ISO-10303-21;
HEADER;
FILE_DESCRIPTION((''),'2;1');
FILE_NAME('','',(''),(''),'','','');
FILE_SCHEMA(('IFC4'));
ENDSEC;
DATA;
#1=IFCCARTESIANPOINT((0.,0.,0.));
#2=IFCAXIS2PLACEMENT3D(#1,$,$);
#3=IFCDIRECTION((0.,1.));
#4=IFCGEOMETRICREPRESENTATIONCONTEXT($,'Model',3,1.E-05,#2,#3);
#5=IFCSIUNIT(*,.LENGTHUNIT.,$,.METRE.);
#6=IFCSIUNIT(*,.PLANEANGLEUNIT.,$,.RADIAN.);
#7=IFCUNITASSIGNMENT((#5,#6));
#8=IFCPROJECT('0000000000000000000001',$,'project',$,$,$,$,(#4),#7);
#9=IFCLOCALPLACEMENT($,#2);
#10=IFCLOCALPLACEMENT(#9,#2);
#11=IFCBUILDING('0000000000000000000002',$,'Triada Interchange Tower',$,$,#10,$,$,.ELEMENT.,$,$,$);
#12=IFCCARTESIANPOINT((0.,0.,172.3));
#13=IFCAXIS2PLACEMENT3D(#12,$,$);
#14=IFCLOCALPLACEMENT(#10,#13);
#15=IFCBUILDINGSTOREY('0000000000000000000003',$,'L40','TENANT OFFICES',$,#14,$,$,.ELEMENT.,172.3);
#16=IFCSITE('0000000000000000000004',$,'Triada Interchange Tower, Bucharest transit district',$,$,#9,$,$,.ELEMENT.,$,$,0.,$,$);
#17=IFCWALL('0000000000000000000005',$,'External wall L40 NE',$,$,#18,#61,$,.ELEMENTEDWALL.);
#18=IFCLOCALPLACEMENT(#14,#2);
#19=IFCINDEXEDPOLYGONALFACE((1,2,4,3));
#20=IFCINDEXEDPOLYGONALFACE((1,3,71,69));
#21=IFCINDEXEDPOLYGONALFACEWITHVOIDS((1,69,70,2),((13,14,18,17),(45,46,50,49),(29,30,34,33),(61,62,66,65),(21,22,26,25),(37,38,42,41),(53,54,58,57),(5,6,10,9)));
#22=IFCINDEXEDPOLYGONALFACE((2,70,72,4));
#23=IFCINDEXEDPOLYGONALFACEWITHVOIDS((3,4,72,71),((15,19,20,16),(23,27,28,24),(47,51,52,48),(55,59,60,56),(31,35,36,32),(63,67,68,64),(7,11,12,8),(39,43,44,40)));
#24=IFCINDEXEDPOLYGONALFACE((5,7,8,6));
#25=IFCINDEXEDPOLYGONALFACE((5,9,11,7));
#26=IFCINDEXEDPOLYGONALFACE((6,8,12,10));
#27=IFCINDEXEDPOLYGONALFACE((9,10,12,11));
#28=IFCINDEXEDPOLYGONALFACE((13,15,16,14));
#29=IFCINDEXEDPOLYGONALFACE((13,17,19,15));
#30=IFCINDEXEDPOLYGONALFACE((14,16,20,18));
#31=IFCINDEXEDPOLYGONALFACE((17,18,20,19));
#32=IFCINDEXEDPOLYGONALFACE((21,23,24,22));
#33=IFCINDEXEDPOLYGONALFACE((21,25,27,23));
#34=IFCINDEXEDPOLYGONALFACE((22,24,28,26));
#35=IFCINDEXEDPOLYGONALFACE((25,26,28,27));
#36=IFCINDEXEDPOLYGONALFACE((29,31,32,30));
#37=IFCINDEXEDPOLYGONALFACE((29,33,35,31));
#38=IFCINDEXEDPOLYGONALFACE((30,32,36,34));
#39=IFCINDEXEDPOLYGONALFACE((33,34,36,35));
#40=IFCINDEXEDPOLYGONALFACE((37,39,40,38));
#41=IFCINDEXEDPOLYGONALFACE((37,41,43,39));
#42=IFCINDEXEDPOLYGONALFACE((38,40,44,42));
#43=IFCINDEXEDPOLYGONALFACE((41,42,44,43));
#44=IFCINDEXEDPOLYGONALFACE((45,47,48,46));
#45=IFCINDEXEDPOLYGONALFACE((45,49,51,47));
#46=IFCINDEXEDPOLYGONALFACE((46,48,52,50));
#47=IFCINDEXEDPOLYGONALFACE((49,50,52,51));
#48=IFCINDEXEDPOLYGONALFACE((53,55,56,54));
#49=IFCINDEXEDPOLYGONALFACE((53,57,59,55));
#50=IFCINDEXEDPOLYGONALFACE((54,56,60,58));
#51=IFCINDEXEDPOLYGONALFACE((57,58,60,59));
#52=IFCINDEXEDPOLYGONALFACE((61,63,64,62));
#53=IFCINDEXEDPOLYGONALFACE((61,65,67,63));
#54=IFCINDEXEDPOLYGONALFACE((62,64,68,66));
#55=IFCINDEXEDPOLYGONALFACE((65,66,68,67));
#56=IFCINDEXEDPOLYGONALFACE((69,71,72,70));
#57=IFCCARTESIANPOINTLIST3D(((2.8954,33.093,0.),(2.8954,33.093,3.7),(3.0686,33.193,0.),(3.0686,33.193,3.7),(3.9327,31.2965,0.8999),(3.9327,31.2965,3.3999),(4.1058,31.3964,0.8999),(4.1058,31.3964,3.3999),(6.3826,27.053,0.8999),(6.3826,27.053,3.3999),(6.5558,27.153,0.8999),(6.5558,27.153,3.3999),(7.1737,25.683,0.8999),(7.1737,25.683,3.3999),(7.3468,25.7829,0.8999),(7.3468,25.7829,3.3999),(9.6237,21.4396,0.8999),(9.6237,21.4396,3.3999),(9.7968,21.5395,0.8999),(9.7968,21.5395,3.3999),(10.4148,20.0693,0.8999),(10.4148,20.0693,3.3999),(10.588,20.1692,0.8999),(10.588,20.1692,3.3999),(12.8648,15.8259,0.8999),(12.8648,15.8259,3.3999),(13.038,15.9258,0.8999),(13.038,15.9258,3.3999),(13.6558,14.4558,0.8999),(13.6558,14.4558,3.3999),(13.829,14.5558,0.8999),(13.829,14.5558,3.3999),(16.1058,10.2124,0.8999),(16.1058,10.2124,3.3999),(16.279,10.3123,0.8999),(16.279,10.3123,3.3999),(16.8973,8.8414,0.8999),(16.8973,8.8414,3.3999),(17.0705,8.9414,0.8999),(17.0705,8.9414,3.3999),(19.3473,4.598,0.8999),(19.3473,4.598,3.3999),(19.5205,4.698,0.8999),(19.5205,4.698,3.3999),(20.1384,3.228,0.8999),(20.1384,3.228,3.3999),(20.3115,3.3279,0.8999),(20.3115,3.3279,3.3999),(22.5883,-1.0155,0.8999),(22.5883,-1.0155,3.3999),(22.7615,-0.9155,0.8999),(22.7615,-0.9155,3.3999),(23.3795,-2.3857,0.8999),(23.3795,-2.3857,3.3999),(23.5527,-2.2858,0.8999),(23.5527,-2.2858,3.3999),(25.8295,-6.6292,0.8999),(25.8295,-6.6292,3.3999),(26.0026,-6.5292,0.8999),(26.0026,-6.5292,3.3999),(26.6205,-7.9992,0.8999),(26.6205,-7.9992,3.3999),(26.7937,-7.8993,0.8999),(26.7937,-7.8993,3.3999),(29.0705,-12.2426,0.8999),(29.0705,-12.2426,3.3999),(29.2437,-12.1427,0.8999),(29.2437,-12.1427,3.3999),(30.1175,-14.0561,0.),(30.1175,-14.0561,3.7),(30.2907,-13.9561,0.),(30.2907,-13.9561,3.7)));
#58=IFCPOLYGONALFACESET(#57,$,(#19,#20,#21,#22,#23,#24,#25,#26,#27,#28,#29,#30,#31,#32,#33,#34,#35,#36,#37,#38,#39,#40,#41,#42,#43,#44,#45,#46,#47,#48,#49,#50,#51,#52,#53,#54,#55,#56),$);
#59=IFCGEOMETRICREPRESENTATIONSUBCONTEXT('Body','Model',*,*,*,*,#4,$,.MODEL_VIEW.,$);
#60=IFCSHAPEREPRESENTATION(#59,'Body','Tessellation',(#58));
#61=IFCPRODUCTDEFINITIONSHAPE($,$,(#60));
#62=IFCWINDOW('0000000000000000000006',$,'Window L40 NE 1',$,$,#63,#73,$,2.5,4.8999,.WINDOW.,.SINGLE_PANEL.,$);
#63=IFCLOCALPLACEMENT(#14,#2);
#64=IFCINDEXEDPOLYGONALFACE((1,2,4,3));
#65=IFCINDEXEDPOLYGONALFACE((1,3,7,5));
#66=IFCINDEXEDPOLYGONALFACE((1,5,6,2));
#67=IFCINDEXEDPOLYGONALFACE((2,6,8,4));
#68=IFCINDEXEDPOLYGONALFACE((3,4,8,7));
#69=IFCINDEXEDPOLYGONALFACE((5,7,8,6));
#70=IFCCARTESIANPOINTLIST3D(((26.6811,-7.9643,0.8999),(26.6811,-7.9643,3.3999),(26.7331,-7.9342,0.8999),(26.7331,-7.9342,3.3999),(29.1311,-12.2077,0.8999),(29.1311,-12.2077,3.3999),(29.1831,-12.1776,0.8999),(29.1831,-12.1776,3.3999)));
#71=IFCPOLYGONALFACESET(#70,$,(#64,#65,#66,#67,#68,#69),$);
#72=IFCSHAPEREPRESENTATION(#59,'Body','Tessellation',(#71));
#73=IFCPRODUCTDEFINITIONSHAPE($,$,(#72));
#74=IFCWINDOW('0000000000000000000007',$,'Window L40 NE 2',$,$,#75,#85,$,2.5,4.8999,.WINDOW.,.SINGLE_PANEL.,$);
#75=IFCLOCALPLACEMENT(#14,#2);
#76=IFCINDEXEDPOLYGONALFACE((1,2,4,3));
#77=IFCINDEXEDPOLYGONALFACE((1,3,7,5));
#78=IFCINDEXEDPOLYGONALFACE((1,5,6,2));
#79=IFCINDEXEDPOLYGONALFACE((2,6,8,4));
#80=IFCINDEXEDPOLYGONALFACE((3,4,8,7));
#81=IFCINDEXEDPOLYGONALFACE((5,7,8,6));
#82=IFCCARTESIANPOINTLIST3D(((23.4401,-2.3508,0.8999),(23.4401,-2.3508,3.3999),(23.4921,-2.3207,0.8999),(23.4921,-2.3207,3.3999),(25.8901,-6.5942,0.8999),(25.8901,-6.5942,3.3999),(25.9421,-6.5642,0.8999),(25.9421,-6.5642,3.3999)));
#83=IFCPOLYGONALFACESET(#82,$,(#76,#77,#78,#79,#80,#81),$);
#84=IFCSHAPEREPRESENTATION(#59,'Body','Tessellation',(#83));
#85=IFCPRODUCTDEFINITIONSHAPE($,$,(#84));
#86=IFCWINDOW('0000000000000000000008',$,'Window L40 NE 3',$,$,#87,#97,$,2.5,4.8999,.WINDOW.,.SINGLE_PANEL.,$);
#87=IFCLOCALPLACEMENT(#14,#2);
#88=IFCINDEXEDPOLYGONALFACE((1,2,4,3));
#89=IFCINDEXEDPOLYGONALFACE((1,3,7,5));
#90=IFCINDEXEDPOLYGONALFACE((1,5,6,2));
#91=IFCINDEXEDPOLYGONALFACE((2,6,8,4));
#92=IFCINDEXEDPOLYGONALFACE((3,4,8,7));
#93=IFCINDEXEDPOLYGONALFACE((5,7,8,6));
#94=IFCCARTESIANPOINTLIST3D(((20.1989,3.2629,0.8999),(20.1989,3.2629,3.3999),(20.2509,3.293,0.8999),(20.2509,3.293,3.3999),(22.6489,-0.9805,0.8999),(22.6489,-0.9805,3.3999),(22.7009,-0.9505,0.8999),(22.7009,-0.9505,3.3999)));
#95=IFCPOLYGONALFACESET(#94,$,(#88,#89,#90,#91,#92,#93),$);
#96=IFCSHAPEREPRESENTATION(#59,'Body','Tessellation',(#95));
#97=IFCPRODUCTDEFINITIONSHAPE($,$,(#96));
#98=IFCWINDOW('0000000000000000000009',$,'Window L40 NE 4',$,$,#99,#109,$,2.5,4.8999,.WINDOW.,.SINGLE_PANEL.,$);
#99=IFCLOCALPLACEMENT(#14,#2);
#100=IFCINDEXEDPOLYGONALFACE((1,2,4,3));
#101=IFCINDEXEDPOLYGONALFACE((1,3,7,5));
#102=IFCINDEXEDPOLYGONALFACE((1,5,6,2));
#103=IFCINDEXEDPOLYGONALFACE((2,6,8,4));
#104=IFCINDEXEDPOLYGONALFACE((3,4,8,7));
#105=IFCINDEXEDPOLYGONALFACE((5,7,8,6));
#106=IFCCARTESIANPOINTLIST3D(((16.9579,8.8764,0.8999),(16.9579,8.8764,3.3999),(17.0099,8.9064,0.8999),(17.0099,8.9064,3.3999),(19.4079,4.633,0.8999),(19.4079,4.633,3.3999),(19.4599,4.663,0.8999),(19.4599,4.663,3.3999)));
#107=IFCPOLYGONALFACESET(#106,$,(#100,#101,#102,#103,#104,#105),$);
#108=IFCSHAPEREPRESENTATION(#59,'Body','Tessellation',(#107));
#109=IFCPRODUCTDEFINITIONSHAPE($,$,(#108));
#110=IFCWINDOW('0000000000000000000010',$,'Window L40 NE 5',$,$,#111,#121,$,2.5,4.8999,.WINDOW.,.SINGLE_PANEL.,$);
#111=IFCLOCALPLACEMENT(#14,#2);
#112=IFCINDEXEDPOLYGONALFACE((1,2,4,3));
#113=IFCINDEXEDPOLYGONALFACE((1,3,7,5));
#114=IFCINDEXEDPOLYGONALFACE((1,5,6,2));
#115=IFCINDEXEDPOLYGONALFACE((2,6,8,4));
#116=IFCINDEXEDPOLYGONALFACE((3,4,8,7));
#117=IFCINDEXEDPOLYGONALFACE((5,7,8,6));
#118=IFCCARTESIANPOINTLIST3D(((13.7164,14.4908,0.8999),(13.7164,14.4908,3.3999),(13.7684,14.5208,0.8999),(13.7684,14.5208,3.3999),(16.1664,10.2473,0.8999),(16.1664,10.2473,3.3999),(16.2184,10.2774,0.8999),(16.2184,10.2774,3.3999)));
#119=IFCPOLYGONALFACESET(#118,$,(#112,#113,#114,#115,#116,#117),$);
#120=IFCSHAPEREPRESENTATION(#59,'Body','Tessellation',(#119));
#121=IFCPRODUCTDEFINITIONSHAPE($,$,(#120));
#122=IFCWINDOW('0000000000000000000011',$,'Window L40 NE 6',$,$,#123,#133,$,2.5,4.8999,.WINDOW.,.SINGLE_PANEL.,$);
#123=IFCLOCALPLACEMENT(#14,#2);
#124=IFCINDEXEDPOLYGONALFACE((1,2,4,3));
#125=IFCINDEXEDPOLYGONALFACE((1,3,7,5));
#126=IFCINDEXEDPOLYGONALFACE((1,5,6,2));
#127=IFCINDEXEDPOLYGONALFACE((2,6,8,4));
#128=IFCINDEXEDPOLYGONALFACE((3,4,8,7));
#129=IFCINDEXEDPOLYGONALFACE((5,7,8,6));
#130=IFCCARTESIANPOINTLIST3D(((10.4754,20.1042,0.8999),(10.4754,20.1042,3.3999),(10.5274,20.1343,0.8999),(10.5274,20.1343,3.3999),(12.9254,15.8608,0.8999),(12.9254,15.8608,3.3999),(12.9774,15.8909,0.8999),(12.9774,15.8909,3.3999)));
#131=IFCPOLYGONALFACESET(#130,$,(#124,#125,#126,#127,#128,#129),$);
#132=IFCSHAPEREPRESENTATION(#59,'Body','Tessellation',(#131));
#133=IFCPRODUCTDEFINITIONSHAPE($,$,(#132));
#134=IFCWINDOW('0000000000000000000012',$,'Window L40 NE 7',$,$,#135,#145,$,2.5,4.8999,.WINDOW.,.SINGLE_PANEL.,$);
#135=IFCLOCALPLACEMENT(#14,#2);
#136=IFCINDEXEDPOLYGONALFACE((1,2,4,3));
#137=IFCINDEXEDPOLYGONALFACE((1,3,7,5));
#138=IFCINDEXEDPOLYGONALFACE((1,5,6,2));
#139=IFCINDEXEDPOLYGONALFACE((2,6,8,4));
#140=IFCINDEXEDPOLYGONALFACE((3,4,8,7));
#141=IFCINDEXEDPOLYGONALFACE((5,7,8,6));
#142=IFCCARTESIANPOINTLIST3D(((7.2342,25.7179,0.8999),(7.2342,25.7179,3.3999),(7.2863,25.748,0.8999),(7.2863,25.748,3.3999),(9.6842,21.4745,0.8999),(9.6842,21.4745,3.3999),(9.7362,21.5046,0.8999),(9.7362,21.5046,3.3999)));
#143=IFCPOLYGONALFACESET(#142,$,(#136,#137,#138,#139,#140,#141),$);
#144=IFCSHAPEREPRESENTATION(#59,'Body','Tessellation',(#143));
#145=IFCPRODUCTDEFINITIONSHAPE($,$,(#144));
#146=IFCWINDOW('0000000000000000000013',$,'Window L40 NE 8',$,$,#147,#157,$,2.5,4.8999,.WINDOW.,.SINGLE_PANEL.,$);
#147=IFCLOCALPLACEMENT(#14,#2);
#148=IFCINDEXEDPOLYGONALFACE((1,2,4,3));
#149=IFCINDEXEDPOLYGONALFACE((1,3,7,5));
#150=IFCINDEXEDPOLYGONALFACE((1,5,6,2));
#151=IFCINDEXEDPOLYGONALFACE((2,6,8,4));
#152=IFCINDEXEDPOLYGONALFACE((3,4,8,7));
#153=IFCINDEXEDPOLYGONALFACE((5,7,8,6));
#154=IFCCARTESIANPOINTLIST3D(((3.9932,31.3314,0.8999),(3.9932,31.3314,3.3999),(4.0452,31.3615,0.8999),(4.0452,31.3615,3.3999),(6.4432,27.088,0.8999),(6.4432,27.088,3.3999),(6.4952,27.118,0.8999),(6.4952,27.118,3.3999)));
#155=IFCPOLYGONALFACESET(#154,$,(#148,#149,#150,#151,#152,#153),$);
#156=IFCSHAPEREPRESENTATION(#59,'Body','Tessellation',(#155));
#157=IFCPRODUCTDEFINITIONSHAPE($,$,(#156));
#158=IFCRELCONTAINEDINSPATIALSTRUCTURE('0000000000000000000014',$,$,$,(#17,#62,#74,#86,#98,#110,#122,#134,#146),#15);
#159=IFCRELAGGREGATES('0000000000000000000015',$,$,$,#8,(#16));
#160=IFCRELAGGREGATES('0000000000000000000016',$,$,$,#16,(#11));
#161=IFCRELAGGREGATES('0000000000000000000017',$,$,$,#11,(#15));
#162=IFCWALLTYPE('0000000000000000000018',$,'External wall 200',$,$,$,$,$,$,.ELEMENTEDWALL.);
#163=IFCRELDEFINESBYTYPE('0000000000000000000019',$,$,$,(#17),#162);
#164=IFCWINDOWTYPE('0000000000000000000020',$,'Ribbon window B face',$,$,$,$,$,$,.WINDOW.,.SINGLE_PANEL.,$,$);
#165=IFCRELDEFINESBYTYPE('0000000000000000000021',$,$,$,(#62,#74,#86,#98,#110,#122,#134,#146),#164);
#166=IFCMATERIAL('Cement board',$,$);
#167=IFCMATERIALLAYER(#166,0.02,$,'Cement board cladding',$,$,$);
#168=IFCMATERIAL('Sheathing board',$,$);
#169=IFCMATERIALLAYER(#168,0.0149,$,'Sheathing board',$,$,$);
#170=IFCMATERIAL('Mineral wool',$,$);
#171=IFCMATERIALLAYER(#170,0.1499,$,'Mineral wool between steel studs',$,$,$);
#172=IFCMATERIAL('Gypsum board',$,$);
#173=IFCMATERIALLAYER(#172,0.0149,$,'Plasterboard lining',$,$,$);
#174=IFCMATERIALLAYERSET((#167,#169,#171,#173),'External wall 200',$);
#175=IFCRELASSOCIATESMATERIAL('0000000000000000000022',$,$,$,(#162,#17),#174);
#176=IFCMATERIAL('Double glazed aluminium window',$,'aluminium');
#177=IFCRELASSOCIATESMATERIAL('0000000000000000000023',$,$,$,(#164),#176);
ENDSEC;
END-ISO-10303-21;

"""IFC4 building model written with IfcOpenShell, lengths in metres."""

from ifc_helpers import new_model, si_unit, direction, frame, frame_2d, origin, place, context, subcontext, project, spatial, rectangle, extrude, material, layer, layer_set, layer_usage, type_object, element, fill, save


model = new_model("IFC4")

# Units and contexts
model_context = context("Model", 3, precision=1e-05, world=origin(), true_north=direction((0.0, 1.0)))
body_context = subcontext(model_context, "Body", "Model", "MODEL_VIEW")
ifc_project = project(units=[si_unit("LENGTHUNIT", "METRE"), si_unit("PLANEANGLEUNIT", "RADIAN")], contexts=[model_context])

# Site, building, storey
site_placement = place(None, origin())
site = spatial("IfcSite", under=ifc_project, at=site_placement, Name="Triada Interchange Tower, Bucharest transit district", CompositionType="ELEMENT", RefElevation=0.0)
building_placement = place(site_placement, origin())
building = spatial("IfcBuilding", under=site, at=building_placement, Name="Triada Interchange Tower", CompositionType="ELEMENT")
storey_placement = place(building_placement, frame((0.0, 0.0, 172.3)))
storey = spatial("IfcBuildingStorey", under=building, at=storey_placement, Name="L40", Description="TENANT OFFICES", CompositionType="ELEMENT", Elevation=172.3)

# Shared definitions
ifc_material_1 = material(Name="Cement board")
ifc_layer_1 = layer(ifc_material_1, 0.02, Name="Cement board cladding")
ifc_material_2 = material(Name="Sheathing board")
ifc_layer_2 = layer(ifc_material_2, 0.0149, Name="Sheathing board")
ifc_material_3 = material(Name="Mineral wool")
ifc_layer_3 = layer(ifc_material_3, 0.1499, Name="Mineral wool between steel studs")
ifc_material_4 = material(Name="Gypsum board")
ifc_layer_4 = layer(ifc_material_4, 0.0149, Name="Plasterboard lining")
ifc_layer_set_1 = layer_set([ifc_layer_1, ifc_layer_2, ifc_layer_3, ifc_layer_4], Name="External wall 200")
ifc_layer_usage = layer_usage(ifc_layer_set_1, "AXIS2", "POSITIVE", -0.1001)
wall_type_1 = type_object("IfcWallType", Name="External wall 200", PredefinedType="ELEMENTEDWALL", material=ifc_layer_set_1)
ifc_material_5 = material(Name="Double glazed aluminium window", Category="aluminium")

# Wall, openings, windows
wall_1_placement = place(storey_placement, frame((30.2041, -14.0061, 0.0), z_axis=(0.0, 0.0, 1.0), x_axis=(-0.500008, 0.866021, 0.0)))
wall_1 = element("IfcWall", 1, at=wall_1_placement, inside=storey, type_object=wall_type_1, material=ifc_layer_usage, Name="External wall L40 NE", PredefinedType="ELEMENTEDWALL", context=body_context, shape_type="SweptSolid", body=[
    extrude(rectangle(XDim=54.4434, YDim=0.2, at=frame_2d((27.2217, 0.0))), origin(), (0.0, 0.0, 1.0), 3.7),
])
opening_1_placement = place(wall_1_placement, frame((2.094, 0.0, 0.8999)))
opening_1 = element("IfcOpeningElement", 2, at=opening_1_placement, cuts=wall_1, PredefinedType="OPENING", context=body_context, shape_type="SweptSolid", body=[
    extrude(rectangle(XDim=4.8999, YDim=2.5, at=frame_2d((2.45, 1.25))), frame((0.0, 0.1099, 0.0), z_axis=(0.0, -1.0, 0.0), x_axis=(1.0, 0.0, 0.0)), (0.0, 0.0, 1.0), 0.22),
])
opening_2_placement = place(wall_1_placement, frame((8.5759, 0.0, 0.8999)))
opening_2 = element("IfcOpeningElement", 3, at=opening_2_placement, cuts=wall_1, PredefinedType="OPENING", context=body_context, shape_type="SweptSolid", body=[
    extrude(rectangle(XDim=4.8999, YDim=2.5, at=frame_2d((2.45, 1.25))), frame((0.0, 0.1099, 0.0), z_axis=(0.0, -1.0, 0.0), x_axis=(1.0, 0.0, 0.0)), (0.0, 0.0, 1.0), 0.22),
])
opening_3_placement = place(wall_1_placement, frame((15.0581, 0.0, 0.8999)))
opening_3 = element("IfcOpeningElement", 4, at=opening_3_placement, cuts=wall_1, PredefinedType="OPENING", context=body_context, shape_type="SweptSolid", body=[
    extrude(rectangle(XDim=4.8999, YDim=2.5, at=frame_2d((2.45, 1.25))), frame((0.0, 0.1099, 0.0), z_axis=(0.0, -1.0, 0.0), x_axis=(1.0, 0.0, 0.0)), (0.0, 0.0, 1.0), 0.22),
])
opening_4_placement = place(wall_1_placement, frame((21.54, 0.0, 0.8999)))
opening_4 = element("IfcOpeningElement", 5, at=opening_4_placement, cuts=wall_1, PredefinedType="OPENING", context=body_context, shape_type="SweptSolid", body=[
    extrude(rectangle(XDim=4.8999, YDim=2.5, at=frame_2d((2.45, 1.25))), frame((0.0, 0.1099, 0.0), z_axis=(0.0, -1.0, 0.0), x_axis=(1.0, 0.0, 0.0)), (0.0, 0.0, 1.0), 0.22),
])
opening_5_placement = place(wall_1_placement, frame((28.0229, 0.0, 0.8999)))
opening_5 = element("IfcOpeningElement", 6, at=opening_5_placement, cuts=wall_1, PredefinedType="OPENING", context=body_context, shape_type="SweptSolid", body=[
    extrude(rectangle(XDim=4.8999, YDim=2.5, at=frame_2d((2.45, 1.25))), frame((0.0, 0.1099, 0.0), z_axis=(0.0, -1.0, 0.0), x_axis=(1.0, 0.0, 0.0)), (0.0, 0.0, 1.0), 0.22),
])
opening_6_placement = place(wall_1_placement, frame((34.5049, 0.0, 0.8999)))
opening_6 = element("IfcOpeningElement", 7, at=opening_6_placement, cuts=wall_1, PredefinedType="OPENING", context=body_context, shape_type="SweptSolid", body=[
    extrude(rectangle(XDim=4.8999, YDim=2.5, at=frame_2d((2.45, 1.25))), frame((0.0, 0.1099, 0.0), z_axis=(0.0, -1.0, 0.0), x_axis=(1.0, 0.0, 0.0)), (0.0, 0.0, 1.0), 0.22),
])
opening_7_placement = place(wall_1_placement, frame((40.9871, 0.0, 0.8999)))
opening_7 = element("IfcOpeningElement", 8, at=opening_7_placement, cuts=wall_1, PredefinedType="OPENING", context=body_context, shape_type="SweptSolid", body=[
    extrude(rectangle(XDim=4.8999, YDim=2.5, at=frame_2d((2.45, 1.25))), frame((0.0, 0.1099, 0.0), z_axis=(0.0, -1.0, 0.0), x_axis=(1.0, 0.0, 0.0)), (0.0, 0.0, 1.0), 0.22),
])
opening_8_placement = place(wall_1_placement, frame((47.469, 0.0, 0.8999)))
opening_8 = element("IfcOpeningElement", 9, at=opening_8_placement, cuts=wall_1, PredefinedType="OPENING", context=body_context, shape_type="SweptSolid", body=[
    extrude(rectangle(XDim=4.8999, YDim=2.5, at=frame_2d((2.45, 1.25))), frame((0.0, 0.1099, 0.0), z_axis=(0.0, -1.0, 0.0), x_axis=(1.0, 0.0, 0.0)), (0.0, 0.0, 1.0), 0.22),
])
window_type_1 = type_object("IfcWindowType", Name="Ribbon window B face", PartitioningType="SINGLE_PANEL", PredefinedType="WINDOW", material=ifc_material_5)
window_1_placement = place(opening_1_placement, origin())
window_1 = element("IfcWindow", 10, at=window_1_placement, inside=storey, type_object=window_type_1, Name="Window L40 NE 1", OverallHeight=2.5, OverallWidth=4.8999, PartitioningType="SINGLE_PANEL", PredefinedType="WINDOW", context=body_context, shape_type="SweptSolid", body=[
    extrude(rectangle(XDim=4.8999, YDim=2.5, at=frame_2d((2.45, 1.25))), frame((0.0, 0.03, 0.0), z_axis=(0.0, -1.0, 0.0), x_axis=(1.0, 0.0, 0.0)), (0.0, 0.0, 1.0), 0.0601),
])
fill(opening_1, window_1)
window_2_placement = place(opening_2_placement, origin())
window_2 = element("IfcWindow", 11, at=window_2_placement, inside=storey, type_object=window_type_1, Name="Window L40 NE 2", OverallHeight=2.5, OverallWidth=4.8999, PartitioningType="SINGLE_PANEL", PredefinedType="WINDOW", context=body_context, shape_type="SweptSolid", body=[
    extrude(rectangle(XDim=4.8999, YDim=2.5, at=frame_2d((2.45, 1.25))), frame((0.0, 0.03, 0.0), z_axis=(0.0, -1.0, 0.0), x_axis=(1.0, 0.0, 0.0)), (0.0, 0.0, 1.0), 0.0601),
])
fill(opening_2, window_2)
window_3_placement = place(opening_3_placement, origin())
window_3 = element("IfcWindow", 12, at=window_3_placement, inside=storey, type_object=window_type_1, Name="Window L40 NE 3", OverallHeight=2.5, OverallWidth=4.8999, PartitioningType="SINGLE_PANEL", PredefinedType="WINDOW", context=body_context, shape_type="SweptSolid", body=[
    extrude(rectangle(XDim=4.8999, YDim=2.5, at=frame_2d((2.45, 1.25))), frame((0.0, 0.03, 0.0), z_axis=(0.0, -1.0, 0.0), x_axis=(1.0, 0.0, 0.0)), (0.0, 0.0, 1.0), 0.0601),
])
fill(opening_3, window_3)
window_4_placement = place(opening_4_placement, origin())
window_4 = element("IfcWindow", 13, at=window_4_placement, inside=storey, type_object=window_type_1, Name="Window L40 NE 4", OverallHeight=2.5, OverallWidth=4.8999, PartitioningType="SINGLE_PANEL", PredefinedType="WINDOW", context=body_context, shape_type="SweptSolid", body=[
    extrude(rectangle(XDim=4.8999, YDim=2.5, at=frame_2d((2.45, 1.25))), frame((0.0, 0.03, 0.0), z_axis=(0.0, -1.0, 0.0), x_axis=(1.0, 0.0, 0.0)), (0.0, 0.0, 1.0), 0.0601),
])
fill(opening_4, window_4)
window_5_placement = place(opening_5_placement, origin())
window_5 = element("IfcWindow", 14, at=window_5_placement, inside=storey, type_object=window_type_1, Name="Window L40 NE 5", OverallHeight=2.5, OverallWidth=4.8999, PartitioningType="SINGLE_PANEL", PredefinedType="WINDOW", context=body_context, shape_type="SweptSolid", body=[
    extrude(rectangle(XDim=4.8999, YDim=2.5, at=frame_2d((2.45, 1.25))), frame((0.0, 0.03, 0.0), z_axis=(0.0, -1.0, 0.0), x_axis=(1.0, 0.0, 0.0)), (0.0, 0.0, 1.0), 0.0601),
])
fill(opening_5, window_5)
window_6_placement = place(opening_6_placement, origin())
window_6 = element("IfcWindow", 15, at=window_6_placement, inside=storey, type_object=window_type_1, Name="Window L40 NE 6", OverallHeight=2.5, OverallWidth=4.8999, PartitioningType="SINGLE_PANEL", PredefinedType="WINDOW", context=body_context, shape_type="SweptSolid", body=[
    extrude(rectangle(XDim=4.8999, YDim=2.5, at=frame_2d((2.45, 1.25))), frame((0.0, 0.03, 0.0), z_axis=(0.0, -1.0, 0.0), x_axis=(1.0, 0.0, 0.0)), (0.0, 0.0, 1.0), 0.0601),
])
fill(opening_6, window_6)
window_7_placement = place(opening_7_placement, origin())
window_7 = element("IfcWindow", 16, at=window_7_placement, inside=storey, type_object=window_type_1, Name="Window L40 NE 7", OverallHeight=2.5, OverallWidth=4.8999, PartitioningType="SINGLE_PANEL", PredefinedType="WINDOW", context=body_context, shape_type="SweptSolid", body=[
    extrude(rectangle(XDim=4.8999, YDim=2.5, at=frame_2d((2.45, 1.25))), frame((0.0, 0.03, 0.0), z_axis=(0.0, -1.0, 0.0), x_axis=(1.0, 0.0, 0.0)), (0.0, 0.0, 1.0), 0.0601),
])
fill(opening_7, window_7)
window_8_placement = place(opening_8_placement, origin())
window_8 = element("IfcWindow", 17, at=window_8_placement, inside=storey, type_object=window_type_1, Name="Window L40 NE 8", OverallHeight=2.5, OverallWidth=4.8999, PartitioningType="SINGLE_PANEL", PredefinedType="WINDOW", context=body_context, shape_type="SweptSolid", body=[
    extrude(rectangle(XDim=4.8999, YDim=2.5, at=frame_2d((2.45, 1.25))), frame((0.0, 0.03, 0.0), z_axis=(0.0, -1.0, 0.0), x_axis=(1.0, 0.0, 0.0)), (0.0, 0.0, 1.0), 0.0601),
])
fill(opening_8, window_8)

save(model, "model.ifc")
